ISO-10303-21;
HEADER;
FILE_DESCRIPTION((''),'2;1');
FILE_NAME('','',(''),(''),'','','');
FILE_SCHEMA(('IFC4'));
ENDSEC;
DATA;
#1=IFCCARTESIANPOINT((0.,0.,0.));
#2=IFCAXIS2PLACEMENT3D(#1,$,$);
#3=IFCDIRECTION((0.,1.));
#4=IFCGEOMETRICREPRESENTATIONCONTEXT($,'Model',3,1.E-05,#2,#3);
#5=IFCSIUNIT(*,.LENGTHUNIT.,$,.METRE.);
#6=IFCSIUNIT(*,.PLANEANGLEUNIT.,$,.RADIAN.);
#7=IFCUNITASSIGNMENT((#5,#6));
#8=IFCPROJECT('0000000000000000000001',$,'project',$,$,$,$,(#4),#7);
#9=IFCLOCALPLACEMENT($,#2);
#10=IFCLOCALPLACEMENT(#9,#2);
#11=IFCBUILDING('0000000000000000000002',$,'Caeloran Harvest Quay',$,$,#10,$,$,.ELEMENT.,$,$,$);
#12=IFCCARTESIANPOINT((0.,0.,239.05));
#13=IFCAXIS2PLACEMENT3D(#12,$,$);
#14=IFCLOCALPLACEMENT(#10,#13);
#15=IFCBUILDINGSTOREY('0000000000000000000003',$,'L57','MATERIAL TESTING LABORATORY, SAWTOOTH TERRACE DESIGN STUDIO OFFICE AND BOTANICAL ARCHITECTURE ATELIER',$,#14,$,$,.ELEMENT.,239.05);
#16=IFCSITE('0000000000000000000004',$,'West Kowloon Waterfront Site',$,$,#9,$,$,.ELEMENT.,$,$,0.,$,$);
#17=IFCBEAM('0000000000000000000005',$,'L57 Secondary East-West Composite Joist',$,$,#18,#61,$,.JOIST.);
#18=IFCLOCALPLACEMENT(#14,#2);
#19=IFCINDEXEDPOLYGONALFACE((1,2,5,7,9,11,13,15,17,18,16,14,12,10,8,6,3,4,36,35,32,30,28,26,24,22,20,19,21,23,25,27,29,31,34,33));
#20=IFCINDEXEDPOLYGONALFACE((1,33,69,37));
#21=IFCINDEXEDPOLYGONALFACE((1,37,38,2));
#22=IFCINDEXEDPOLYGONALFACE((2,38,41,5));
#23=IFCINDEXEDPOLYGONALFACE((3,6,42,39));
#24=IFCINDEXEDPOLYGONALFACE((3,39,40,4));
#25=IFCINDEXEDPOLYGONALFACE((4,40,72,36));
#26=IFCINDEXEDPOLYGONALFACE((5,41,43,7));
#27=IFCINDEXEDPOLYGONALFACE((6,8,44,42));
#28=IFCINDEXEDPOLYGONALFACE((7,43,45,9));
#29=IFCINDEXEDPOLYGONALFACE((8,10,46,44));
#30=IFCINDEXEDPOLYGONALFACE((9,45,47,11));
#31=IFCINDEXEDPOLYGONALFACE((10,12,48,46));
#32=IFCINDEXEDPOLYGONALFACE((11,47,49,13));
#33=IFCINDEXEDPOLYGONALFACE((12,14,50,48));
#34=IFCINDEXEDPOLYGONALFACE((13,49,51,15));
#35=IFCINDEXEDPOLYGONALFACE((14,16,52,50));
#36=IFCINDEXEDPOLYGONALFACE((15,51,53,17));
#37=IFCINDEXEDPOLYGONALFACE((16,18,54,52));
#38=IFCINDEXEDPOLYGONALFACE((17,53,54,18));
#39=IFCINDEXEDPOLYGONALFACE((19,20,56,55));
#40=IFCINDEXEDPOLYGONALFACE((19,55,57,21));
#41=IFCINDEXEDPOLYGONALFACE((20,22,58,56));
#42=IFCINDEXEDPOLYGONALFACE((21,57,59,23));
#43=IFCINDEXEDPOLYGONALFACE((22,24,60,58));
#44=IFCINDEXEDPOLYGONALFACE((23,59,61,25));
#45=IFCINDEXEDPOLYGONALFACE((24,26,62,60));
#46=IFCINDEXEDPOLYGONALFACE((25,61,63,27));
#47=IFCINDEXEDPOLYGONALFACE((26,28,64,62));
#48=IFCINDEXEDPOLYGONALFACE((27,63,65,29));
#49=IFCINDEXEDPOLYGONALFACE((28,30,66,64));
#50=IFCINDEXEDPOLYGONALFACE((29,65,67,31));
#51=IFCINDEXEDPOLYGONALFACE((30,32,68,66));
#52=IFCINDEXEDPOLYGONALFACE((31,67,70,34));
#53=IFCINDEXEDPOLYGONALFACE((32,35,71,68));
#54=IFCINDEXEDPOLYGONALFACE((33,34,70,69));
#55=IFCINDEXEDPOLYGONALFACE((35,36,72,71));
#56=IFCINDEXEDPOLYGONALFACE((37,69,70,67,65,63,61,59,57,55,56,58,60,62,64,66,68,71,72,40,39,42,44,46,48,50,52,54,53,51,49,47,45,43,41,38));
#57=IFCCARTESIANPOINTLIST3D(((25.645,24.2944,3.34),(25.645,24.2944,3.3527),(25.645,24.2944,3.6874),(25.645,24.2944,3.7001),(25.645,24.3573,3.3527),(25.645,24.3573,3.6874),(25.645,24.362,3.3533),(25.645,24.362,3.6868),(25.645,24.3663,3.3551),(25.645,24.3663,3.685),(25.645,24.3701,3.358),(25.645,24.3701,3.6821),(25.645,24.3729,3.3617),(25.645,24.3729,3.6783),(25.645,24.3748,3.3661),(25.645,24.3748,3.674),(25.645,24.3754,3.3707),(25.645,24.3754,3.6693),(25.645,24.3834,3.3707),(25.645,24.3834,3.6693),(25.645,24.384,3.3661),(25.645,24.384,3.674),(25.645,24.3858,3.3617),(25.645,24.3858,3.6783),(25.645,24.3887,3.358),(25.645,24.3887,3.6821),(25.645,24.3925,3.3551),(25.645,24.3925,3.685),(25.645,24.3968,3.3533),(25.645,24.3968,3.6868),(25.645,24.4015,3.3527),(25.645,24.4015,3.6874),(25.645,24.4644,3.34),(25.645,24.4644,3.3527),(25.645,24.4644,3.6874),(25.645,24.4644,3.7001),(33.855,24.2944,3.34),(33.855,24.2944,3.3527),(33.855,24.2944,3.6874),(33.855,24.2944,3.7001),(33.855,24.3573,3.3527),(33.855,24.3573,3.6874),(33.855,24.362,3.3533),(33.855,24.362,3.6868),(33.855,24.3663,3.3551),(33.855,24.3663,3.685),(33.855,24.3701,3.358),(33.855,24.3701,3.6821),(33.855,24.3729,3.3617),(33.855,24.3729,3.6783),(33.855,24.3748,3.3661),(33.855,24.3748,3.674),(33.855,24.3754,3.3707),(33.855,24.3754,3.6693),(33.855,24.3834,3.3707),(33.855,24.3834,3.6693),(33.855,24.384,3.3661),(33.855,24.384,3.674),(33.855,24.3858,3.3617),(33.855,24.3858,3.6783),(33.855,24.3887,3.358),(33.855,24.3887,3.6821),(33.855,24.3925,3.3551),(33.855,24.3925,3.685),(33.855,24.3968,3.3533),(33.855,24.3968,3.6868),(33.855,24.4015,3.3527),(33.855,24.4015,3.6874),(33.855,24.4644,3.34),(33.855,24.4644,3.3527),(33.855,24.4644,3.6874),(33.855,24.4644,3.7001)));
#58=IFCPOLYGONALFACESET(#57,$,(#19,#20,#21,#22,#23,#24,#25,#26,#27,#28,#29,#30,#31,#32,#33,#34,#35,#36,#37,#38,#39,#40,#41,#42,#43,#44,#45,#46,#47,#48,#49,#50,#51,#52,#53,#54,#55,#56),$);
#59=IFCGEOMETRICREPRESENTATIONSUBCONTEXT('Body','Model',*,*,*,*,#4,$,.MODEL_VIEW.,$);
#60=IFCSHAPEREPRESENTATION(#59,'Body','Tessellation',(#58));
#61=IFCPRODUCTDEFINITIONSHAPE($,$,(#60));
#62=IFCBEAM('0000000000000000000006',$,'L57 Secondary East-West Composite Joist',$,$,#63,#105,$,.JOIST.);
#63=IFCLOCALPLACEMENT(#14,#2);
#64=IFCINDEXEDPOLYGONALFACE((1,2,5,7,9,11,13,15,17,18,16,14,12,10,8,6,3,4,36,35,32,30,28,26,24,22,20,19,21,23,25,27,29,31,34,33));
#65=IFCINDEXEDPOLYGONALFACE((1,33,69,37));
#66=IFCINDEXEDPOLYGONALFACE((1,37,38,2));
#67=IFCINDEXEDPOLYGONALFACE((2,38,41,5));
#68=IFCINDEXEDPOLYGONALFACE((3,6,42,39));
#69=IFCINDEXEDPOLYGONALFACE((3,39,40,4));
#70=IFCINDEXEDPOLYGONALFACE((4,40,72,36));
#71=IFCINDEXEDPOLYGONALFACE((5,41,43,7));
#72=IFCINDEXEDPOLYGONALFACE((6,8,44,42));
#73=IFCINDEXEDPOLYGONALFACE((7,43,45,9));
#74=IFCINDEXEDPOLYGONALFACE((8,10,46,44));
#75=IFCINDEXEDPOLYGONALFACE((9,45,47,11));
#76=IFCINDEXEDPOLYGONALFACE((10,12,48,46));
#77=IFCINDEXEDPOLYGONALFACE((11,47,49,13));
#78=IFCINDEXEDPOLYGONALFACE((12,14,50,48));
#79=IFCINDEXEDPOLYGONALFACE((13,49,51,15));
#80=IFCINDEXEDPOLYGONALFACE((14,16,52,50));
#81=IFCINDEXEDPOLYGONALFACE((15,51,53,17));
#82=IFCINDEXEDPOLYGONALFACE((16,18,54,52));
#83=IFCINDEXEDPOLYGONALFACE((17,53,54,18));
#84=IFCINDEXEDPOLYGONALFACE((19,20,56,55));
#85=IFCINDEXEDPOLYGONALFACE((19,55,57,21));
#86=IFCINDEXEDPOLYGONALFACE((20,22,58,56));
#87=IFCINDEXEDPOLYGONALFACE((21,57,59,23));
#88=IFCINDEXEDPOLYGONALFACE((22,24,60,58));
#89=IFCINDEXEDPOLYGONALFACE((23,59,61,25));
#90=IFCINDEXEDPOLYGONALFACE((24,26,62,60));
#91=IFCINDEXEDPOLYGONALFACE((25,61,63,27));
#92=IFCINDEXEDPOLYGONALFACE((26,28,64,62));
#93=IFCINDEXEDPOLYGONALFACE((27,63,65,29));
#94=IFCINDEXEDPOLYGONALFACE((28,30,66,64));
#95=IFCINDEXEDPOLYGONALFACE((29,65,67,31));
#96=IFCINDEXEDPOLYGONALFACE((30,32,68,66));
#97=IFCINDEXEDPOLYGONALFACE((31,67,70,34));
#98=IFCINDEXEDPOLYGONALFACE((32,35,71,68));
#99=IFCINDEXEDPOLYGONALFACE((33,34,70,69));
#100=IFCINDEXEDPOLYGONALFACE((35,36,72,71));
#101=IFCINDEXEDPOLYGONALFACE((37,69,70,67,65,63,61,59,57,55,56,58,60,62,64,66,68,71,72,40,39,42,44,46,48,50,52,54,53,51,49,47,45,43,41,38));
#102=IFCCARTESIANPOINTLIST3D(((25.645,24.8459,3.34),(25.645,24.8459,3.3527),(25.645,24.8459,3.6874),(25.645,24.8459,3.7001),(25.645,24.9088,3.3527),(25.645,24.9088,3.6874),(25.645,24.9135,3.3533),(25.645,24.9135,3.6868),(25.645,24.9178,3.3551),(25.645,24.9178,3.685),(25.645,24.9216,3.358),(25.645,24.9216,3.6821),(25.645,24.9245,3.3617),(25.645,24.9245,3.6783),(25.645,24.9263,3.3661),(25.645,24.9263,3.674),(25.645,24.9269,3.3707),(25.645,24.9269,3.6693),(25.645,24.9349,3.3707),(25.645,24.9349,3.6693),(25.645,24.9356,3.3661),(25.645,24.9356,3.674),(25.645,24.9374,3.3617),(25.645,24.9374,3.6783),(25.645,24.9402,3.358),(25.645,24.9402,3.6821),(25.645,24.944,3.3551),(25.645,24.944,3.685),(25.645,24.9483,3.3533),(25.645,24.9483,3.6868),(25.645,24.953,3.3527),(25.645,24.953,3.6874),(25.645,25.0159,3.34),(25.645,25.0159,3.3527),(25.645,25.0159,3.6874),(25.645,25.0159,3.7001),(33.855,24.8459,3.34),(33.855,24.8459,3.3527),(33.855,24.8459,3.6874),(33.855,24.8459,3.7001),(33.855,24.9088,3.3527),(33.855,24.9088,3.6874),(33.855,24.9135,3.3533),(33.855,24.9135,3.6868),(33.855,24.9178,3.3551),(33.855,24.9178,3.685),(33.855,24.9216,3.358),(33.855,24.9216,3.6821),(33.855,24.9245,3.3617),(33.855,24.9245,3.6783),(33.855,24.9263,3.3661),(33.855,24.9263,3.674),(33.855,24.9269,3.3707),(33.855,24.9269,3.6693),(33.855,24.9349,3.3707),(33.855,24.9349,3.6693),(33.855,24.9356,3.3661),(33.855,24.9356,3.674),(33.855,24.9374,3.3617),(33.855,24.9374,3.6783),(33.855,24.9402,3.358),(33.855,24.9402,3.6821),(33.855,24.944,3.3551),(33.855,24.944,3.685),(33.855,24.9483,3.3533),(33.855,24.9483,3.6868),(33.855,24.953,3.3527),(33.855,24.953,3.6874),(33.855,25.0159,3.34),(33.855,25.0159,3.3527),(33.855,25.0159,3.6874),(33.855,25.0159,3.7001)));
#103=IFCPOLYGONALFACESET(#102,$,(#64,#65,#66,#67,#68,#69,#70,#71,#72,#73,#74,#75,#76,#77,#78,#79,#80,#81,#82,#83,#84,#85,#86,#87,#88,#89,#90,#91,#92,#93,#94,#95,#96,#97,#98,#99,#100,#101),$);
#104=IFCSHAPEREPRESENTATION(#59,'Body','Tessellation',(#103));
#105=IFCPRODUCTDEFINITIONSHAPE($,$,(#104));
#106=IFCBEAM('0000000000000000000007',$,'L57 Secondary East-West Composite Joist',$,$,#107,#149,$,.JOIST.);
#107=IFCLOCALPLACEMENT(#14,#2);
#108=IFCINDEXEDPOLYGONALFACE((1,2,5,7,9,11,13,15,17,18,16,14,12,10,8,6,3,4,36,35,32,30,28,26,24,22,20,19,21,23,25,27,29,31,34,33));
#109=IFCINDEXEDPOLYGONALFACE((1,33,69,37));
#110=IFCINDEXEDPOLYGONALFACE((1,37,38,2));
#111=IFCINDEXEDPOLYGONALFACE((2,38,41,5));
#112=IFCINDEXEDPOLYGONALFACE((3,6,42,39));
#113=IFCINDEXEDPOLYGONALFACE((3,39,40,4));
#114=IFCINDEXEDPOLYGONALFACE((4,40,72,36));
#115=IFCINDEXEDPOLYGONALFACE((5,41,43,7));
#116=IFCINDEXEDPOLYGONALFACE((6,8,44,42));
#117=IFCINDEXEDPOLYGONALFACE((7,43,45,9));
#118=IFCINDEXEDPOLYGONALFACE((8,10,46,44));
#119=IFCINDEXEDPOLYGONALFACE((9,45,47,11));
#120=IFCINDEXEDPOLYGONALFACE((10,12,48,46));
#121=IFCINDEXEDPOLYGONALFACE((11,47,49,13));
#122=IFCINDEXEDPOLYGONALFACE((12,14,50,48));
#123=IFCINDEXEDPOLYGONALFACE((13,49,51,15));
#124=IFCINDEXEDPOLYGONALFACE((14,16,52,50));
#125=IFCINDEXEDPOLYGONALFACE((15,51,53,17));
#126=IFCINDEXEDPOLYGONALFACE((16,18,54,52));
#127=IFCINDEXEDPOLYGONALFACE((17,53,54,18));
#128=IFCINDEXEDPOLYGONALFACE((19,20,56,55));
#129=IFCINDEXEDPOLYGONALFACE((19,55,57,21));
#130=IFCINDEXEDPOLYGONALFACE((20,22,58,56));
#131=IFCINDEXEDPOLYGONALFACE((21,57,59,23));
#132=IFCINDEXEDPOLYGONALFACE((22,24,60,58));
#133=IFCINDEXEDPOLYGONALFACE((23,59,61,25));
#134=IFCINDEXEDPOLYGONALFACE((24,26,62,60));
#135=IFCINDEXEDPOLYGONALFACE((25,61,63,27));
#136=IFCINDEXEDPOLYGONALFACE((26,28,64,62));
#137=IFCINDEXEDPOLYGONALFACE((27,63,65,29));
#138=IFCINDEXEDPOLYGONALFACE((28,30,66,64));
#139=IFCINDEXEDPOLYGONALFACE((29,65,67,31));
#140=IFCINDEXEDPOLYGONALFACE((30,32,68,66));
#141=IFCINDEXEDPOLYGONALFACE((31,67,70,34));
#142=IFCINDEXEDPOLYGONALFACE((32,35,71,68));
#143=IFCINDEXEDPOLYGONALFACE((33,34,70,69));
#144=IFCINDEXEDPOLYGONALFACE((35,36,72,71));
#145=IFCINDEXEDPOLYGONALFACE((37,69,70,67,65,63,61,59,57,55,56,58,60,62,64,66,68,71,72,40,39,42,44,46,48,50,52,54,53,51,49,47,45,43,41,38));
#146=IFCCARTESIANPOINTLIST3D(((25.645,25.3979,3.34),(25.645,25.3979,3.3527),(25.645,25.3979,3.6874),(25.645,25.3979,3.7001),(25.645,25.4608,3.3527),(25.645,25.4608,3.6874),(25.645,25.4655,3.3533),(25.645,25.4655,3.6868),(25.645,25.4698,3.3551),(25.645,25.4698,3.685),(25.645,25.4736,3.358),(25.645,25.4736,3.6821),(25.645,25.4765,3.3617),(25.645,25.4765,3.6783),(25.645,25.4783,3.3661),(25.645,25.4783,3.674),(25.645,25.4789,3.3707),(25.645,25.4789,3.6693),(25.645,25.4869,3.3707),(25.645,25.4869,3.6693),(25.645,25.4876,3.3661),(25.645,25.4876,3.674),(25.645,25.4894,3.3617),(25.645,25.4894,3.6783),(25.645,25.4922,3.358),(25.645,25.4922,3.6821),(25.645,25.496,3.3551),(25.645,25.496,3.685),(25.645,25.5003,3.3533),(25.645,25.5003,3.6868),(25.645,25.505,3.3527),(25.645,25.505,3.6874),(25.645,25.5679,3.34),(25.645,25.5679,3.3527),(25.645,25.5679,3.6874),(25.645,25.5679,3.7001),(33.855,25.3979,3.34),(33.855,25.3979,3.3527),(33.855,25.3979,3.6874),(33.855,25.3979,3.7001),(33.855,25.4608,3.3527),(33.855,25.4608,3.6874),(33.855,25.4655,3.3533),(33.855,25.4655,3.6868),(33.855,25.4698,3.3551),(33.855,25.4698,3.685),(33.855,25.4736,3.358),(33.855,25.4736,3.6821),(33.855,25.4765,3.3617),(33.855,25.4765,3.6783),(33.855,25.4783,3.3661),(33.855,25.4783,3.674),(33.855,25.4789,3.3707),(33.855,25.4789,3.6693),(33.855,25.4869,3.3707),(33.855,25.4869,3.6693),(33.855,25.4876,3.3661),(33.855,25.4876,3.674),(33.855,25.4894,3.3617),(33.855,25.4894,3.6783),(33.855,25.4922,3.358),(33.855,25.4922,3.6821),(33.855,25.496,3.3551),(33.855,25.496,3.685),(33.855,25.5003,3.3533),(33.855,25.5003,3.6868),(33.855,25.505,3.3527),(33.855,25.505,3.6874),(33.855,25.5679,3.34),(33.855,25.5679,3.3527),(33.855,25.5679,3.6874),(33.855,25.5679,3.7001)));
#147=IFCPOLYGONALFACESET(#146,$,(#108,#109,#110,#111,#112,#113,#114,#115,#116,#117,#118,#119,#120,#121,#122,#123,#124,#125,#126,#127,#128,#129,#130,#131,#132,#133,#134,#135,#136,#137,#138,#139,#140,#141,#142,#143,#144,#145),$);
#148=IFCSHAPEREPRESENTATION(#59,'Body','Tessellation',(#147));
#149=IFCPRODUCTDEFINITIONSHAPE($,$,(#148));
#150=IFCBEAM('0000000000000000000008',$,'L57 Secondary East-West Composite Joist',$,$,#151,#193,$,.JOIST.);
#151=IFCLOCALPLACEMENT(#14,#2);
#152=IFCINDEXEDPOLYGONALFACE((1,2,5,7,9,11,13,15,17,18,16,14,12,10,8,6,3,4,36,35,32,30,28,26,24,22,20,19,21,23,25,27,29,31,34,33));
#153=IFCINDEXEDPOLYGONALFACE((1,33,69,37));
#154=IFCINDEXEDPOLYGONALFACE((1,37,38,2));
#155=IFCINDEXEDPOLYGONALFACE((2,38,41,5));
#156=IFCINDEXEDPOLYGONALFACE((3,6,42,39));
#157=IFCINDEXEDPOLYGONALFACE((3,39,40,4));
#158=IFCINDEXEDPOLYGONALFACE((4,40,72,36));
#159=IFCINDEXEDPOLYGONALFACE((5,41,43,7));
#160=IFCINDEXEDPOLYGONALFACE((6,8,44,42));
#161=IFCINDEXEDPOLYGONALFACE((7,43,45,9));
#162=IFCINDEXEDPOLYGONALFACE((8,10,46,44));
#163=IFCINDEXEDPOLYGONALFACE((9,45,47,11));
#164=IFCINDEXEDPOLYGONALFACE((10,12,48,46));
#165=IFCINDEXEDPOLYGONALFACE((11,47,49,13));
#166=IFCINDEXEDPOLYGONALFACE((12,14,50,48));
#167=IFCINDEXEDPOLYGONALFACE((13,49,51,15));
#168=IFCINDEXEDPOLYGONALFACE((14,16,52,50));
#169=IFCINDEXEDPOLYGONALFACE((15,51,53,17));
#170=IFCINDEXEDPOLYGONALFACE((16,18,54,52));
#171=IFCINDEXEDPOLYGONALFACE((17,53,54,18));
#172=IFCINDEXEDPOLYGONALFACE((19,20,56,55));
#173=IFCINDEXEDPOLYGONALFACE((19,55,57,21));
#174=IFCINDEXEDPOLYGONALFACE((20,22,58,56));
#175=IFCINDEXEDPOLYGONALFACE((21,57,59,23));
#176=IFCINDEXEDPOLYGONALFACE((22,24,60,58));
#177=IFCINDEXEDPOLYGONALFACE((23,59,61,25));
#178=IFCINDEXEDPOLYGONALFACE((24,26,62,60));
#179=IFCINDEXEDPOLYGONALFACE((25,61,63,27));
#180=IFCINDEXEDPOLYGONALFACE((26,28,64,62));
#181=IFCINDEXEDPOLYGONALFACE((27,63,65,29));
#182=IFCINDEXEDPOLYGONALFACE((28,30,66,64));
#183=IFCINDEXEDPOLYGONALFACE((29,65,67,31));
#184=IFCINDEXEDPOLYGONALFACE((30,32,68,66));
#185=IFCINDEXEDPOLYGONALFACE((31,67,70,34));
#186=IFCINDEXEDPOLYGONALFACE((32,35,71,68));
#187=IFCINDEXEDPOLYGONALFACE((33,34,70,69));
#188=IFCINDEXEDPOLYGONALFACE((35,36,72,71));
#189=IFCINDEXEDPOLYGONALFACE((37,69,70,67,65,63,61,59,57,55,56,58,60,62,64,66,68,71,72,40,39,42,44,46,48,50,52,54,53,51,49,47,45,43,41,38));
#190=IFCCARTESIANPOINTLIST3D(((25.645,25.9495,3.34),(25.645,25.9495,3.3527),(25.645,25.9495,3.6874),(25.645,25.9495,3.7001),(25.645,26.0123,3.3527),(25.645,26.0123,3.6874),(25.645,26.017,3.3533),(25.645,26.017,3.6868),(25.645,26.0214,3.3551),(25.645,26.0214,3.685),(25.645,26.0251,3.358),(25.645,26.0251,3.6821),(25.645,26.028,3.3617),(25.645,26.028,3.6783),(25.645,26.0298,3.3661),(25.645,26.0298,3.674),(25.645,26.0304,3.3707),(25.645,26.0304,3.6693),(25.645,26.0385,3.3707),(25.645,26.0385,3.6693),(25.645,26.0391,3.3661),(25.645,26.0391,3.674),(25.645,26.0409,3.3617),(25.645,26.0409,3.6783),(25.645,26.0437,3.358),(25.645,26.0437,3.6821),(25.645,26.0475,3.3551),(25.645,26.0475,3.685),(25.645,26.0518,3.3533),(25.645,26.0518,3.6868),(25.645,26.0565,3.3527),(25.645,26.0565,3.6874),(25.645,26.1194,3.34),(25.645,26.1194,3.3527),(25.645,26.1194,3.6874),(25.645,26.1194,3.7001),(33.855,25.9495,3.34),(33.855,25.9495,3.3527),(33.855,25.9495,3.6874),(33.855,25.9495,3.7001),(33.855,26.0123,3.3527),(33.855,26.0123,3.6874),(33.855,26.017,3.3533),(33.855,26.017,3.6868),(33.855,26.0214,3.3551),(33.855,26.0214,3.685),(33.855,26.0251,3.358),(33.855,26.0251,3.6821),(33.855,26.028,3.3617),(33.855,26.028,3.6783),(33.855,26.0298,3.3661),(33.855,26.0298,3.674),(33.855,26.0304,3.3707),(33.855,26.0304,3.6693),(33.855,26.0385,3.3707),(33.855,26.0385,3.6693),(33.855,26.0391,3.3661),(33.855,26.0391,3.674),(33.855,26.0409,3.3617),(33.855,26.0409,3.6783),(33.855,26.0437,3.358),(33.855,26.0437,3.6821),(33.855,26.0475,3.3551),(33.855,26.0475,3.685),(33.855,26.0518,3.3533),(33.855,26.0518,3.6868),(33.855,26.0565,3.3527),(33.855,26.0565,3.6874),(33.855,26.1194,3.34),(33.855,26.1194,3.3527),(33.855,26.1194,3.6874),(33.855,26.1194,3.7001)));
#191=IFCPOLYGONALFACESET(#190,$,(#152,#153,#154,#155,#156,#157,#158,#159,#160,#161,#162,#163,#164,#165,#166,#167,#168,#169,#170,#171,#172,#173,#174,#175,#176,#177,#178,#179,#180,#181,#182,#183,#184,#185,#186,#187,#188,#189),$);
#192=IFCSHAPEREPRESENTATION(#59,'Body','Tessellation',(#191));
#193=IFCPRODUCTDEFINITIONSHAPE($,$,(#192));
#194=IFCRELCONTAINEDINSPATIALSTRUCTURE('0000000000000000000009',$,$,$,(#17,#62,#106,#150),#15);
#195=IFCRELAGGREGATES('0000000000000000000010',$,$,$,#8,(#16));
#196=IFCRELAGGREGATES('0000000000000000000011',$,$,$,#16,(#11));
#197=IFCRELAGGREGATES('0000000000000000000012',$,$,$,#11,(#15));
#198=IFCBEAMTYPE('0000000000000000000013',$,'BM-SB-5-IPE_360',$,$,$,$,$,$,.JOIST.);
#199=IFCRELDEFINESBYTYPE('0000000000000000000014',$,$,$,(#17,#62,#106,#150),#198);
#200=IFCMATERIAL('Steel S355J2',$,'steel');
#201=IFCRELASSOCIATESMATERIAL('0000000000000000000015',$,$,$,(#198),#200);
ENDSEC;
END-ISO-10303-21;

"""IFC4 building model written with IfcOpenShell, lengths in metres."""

from ifc_helpers import new_model, si_unit, direction, frame, origin, origin_2d, place, context, subcontext, project, spatial, i_section, extrude, material, material_profile, profile_set, type_object, element, save


model = new_model("IFC4")

# Units and contexts
model_context = context("Model", 3, precision=1e-05, world=origin(), true_north=direction((0.0, 1.0)))
body_context = subcontext(model_context, "Body", "Model", "MODEL_VIEW")
ifc_project = project(units=[si_unit("LENGTHUNIT", "METRE"), si_unit("PLANEANGLEUNIT", "RADIAN")], contexts=[model_context])

# Site, building, storey
site_placement = place(None, origin())
site = spatial("IfcSite", under=ifc_project, at=site_placement, Name="West Kowloon Waterfront Site", CompositionType="ELEMENT", RefElevation=0.0)
building_placement = place(site_placement, origin())
building = spatial("IfcBuilding", under=site, at=building_placement, Name="Caeloran Harvest Quay", CompositionType="ELEMENT")
storey_placement = place(building_placement, frame((0.0, 0.0, 239.05)))
storey = spatial("IfcBuildingStorey", under=building, at=storey_placement, Name="L57", Description="MATERIAL TESTING LABORATORY, SAWTOOTH TERRACE DESIGN STUDIO OFFICE AND BOTANICAL ARCHITECTURE ATELIER", CompositionType="ELEMENT", Elevation=239.05)

# Beams
ifc_material = material(Name="Steel S355J2", Category="steel")
ifc_material_profile_1 = material_profile(ifc_material, i_section(OverallWidth=0.1699, OverallDepth=0.3601, WebThickness=0.0081, FlangeThickness=0.0127, FilletRadius=0.0181, at=origin_2d()), Name="IPE 360")
ifc_profile_set_1 = profile_set([ifc_material_profile_1], Name="Steel S355J2")
beam_type_1 = type_object("IfcBeamType", Name="BM-SB-5-IPE_360", PredefinedType="JOIST", material=ifc_profile_set_1)
for number, where, z_axis, x_axis, name in (
    (1, (25.645, 24.3794, 3.52), (1.0, 0.0, 0.0), (0.0, 1.0, 0.0), "L57 Secondary East-West Composite Joist"),
    (2, (25.645, 24.9309, 3.52), (1.0, 0.0, 0.0), (0.0, 1.0, 0.0), "L57 Secondary East-West Composite Joist"),
    (3, (25.645, 25.4829, 3.52), (1.0, 0.0, 0.0), (0.0, 1.0, 0.0), "L57 Secondary East-West Composite Joist"),
    (4, (25.645, 26.0344, 3.52), (1.0, 0.0, 0.0), (0.0, 1.0, 0.0), "L57 Secondary East-West Composite Joist"),
):
    element("IfcBeam", number, at=place(storey_placement, frame(where, z_axis=z_axis, x_axis=x_axis)), inside=storey, type_object=beam_type_1, Name=name, PredefinedType="JOIST", context=body_context, shape_type="SweptSolid", body=[
        extrude(i_section(OverallWidth=0.1699, OverallDepth=0.3601, WebThickness=0.0081, FlangeThickness=0.0127, FilletRadius=0.0181, at=origin_2d()), origin(), (0.0, 0.0, 1.0), 8.21),
    ])

save(model, "model.ifc")
